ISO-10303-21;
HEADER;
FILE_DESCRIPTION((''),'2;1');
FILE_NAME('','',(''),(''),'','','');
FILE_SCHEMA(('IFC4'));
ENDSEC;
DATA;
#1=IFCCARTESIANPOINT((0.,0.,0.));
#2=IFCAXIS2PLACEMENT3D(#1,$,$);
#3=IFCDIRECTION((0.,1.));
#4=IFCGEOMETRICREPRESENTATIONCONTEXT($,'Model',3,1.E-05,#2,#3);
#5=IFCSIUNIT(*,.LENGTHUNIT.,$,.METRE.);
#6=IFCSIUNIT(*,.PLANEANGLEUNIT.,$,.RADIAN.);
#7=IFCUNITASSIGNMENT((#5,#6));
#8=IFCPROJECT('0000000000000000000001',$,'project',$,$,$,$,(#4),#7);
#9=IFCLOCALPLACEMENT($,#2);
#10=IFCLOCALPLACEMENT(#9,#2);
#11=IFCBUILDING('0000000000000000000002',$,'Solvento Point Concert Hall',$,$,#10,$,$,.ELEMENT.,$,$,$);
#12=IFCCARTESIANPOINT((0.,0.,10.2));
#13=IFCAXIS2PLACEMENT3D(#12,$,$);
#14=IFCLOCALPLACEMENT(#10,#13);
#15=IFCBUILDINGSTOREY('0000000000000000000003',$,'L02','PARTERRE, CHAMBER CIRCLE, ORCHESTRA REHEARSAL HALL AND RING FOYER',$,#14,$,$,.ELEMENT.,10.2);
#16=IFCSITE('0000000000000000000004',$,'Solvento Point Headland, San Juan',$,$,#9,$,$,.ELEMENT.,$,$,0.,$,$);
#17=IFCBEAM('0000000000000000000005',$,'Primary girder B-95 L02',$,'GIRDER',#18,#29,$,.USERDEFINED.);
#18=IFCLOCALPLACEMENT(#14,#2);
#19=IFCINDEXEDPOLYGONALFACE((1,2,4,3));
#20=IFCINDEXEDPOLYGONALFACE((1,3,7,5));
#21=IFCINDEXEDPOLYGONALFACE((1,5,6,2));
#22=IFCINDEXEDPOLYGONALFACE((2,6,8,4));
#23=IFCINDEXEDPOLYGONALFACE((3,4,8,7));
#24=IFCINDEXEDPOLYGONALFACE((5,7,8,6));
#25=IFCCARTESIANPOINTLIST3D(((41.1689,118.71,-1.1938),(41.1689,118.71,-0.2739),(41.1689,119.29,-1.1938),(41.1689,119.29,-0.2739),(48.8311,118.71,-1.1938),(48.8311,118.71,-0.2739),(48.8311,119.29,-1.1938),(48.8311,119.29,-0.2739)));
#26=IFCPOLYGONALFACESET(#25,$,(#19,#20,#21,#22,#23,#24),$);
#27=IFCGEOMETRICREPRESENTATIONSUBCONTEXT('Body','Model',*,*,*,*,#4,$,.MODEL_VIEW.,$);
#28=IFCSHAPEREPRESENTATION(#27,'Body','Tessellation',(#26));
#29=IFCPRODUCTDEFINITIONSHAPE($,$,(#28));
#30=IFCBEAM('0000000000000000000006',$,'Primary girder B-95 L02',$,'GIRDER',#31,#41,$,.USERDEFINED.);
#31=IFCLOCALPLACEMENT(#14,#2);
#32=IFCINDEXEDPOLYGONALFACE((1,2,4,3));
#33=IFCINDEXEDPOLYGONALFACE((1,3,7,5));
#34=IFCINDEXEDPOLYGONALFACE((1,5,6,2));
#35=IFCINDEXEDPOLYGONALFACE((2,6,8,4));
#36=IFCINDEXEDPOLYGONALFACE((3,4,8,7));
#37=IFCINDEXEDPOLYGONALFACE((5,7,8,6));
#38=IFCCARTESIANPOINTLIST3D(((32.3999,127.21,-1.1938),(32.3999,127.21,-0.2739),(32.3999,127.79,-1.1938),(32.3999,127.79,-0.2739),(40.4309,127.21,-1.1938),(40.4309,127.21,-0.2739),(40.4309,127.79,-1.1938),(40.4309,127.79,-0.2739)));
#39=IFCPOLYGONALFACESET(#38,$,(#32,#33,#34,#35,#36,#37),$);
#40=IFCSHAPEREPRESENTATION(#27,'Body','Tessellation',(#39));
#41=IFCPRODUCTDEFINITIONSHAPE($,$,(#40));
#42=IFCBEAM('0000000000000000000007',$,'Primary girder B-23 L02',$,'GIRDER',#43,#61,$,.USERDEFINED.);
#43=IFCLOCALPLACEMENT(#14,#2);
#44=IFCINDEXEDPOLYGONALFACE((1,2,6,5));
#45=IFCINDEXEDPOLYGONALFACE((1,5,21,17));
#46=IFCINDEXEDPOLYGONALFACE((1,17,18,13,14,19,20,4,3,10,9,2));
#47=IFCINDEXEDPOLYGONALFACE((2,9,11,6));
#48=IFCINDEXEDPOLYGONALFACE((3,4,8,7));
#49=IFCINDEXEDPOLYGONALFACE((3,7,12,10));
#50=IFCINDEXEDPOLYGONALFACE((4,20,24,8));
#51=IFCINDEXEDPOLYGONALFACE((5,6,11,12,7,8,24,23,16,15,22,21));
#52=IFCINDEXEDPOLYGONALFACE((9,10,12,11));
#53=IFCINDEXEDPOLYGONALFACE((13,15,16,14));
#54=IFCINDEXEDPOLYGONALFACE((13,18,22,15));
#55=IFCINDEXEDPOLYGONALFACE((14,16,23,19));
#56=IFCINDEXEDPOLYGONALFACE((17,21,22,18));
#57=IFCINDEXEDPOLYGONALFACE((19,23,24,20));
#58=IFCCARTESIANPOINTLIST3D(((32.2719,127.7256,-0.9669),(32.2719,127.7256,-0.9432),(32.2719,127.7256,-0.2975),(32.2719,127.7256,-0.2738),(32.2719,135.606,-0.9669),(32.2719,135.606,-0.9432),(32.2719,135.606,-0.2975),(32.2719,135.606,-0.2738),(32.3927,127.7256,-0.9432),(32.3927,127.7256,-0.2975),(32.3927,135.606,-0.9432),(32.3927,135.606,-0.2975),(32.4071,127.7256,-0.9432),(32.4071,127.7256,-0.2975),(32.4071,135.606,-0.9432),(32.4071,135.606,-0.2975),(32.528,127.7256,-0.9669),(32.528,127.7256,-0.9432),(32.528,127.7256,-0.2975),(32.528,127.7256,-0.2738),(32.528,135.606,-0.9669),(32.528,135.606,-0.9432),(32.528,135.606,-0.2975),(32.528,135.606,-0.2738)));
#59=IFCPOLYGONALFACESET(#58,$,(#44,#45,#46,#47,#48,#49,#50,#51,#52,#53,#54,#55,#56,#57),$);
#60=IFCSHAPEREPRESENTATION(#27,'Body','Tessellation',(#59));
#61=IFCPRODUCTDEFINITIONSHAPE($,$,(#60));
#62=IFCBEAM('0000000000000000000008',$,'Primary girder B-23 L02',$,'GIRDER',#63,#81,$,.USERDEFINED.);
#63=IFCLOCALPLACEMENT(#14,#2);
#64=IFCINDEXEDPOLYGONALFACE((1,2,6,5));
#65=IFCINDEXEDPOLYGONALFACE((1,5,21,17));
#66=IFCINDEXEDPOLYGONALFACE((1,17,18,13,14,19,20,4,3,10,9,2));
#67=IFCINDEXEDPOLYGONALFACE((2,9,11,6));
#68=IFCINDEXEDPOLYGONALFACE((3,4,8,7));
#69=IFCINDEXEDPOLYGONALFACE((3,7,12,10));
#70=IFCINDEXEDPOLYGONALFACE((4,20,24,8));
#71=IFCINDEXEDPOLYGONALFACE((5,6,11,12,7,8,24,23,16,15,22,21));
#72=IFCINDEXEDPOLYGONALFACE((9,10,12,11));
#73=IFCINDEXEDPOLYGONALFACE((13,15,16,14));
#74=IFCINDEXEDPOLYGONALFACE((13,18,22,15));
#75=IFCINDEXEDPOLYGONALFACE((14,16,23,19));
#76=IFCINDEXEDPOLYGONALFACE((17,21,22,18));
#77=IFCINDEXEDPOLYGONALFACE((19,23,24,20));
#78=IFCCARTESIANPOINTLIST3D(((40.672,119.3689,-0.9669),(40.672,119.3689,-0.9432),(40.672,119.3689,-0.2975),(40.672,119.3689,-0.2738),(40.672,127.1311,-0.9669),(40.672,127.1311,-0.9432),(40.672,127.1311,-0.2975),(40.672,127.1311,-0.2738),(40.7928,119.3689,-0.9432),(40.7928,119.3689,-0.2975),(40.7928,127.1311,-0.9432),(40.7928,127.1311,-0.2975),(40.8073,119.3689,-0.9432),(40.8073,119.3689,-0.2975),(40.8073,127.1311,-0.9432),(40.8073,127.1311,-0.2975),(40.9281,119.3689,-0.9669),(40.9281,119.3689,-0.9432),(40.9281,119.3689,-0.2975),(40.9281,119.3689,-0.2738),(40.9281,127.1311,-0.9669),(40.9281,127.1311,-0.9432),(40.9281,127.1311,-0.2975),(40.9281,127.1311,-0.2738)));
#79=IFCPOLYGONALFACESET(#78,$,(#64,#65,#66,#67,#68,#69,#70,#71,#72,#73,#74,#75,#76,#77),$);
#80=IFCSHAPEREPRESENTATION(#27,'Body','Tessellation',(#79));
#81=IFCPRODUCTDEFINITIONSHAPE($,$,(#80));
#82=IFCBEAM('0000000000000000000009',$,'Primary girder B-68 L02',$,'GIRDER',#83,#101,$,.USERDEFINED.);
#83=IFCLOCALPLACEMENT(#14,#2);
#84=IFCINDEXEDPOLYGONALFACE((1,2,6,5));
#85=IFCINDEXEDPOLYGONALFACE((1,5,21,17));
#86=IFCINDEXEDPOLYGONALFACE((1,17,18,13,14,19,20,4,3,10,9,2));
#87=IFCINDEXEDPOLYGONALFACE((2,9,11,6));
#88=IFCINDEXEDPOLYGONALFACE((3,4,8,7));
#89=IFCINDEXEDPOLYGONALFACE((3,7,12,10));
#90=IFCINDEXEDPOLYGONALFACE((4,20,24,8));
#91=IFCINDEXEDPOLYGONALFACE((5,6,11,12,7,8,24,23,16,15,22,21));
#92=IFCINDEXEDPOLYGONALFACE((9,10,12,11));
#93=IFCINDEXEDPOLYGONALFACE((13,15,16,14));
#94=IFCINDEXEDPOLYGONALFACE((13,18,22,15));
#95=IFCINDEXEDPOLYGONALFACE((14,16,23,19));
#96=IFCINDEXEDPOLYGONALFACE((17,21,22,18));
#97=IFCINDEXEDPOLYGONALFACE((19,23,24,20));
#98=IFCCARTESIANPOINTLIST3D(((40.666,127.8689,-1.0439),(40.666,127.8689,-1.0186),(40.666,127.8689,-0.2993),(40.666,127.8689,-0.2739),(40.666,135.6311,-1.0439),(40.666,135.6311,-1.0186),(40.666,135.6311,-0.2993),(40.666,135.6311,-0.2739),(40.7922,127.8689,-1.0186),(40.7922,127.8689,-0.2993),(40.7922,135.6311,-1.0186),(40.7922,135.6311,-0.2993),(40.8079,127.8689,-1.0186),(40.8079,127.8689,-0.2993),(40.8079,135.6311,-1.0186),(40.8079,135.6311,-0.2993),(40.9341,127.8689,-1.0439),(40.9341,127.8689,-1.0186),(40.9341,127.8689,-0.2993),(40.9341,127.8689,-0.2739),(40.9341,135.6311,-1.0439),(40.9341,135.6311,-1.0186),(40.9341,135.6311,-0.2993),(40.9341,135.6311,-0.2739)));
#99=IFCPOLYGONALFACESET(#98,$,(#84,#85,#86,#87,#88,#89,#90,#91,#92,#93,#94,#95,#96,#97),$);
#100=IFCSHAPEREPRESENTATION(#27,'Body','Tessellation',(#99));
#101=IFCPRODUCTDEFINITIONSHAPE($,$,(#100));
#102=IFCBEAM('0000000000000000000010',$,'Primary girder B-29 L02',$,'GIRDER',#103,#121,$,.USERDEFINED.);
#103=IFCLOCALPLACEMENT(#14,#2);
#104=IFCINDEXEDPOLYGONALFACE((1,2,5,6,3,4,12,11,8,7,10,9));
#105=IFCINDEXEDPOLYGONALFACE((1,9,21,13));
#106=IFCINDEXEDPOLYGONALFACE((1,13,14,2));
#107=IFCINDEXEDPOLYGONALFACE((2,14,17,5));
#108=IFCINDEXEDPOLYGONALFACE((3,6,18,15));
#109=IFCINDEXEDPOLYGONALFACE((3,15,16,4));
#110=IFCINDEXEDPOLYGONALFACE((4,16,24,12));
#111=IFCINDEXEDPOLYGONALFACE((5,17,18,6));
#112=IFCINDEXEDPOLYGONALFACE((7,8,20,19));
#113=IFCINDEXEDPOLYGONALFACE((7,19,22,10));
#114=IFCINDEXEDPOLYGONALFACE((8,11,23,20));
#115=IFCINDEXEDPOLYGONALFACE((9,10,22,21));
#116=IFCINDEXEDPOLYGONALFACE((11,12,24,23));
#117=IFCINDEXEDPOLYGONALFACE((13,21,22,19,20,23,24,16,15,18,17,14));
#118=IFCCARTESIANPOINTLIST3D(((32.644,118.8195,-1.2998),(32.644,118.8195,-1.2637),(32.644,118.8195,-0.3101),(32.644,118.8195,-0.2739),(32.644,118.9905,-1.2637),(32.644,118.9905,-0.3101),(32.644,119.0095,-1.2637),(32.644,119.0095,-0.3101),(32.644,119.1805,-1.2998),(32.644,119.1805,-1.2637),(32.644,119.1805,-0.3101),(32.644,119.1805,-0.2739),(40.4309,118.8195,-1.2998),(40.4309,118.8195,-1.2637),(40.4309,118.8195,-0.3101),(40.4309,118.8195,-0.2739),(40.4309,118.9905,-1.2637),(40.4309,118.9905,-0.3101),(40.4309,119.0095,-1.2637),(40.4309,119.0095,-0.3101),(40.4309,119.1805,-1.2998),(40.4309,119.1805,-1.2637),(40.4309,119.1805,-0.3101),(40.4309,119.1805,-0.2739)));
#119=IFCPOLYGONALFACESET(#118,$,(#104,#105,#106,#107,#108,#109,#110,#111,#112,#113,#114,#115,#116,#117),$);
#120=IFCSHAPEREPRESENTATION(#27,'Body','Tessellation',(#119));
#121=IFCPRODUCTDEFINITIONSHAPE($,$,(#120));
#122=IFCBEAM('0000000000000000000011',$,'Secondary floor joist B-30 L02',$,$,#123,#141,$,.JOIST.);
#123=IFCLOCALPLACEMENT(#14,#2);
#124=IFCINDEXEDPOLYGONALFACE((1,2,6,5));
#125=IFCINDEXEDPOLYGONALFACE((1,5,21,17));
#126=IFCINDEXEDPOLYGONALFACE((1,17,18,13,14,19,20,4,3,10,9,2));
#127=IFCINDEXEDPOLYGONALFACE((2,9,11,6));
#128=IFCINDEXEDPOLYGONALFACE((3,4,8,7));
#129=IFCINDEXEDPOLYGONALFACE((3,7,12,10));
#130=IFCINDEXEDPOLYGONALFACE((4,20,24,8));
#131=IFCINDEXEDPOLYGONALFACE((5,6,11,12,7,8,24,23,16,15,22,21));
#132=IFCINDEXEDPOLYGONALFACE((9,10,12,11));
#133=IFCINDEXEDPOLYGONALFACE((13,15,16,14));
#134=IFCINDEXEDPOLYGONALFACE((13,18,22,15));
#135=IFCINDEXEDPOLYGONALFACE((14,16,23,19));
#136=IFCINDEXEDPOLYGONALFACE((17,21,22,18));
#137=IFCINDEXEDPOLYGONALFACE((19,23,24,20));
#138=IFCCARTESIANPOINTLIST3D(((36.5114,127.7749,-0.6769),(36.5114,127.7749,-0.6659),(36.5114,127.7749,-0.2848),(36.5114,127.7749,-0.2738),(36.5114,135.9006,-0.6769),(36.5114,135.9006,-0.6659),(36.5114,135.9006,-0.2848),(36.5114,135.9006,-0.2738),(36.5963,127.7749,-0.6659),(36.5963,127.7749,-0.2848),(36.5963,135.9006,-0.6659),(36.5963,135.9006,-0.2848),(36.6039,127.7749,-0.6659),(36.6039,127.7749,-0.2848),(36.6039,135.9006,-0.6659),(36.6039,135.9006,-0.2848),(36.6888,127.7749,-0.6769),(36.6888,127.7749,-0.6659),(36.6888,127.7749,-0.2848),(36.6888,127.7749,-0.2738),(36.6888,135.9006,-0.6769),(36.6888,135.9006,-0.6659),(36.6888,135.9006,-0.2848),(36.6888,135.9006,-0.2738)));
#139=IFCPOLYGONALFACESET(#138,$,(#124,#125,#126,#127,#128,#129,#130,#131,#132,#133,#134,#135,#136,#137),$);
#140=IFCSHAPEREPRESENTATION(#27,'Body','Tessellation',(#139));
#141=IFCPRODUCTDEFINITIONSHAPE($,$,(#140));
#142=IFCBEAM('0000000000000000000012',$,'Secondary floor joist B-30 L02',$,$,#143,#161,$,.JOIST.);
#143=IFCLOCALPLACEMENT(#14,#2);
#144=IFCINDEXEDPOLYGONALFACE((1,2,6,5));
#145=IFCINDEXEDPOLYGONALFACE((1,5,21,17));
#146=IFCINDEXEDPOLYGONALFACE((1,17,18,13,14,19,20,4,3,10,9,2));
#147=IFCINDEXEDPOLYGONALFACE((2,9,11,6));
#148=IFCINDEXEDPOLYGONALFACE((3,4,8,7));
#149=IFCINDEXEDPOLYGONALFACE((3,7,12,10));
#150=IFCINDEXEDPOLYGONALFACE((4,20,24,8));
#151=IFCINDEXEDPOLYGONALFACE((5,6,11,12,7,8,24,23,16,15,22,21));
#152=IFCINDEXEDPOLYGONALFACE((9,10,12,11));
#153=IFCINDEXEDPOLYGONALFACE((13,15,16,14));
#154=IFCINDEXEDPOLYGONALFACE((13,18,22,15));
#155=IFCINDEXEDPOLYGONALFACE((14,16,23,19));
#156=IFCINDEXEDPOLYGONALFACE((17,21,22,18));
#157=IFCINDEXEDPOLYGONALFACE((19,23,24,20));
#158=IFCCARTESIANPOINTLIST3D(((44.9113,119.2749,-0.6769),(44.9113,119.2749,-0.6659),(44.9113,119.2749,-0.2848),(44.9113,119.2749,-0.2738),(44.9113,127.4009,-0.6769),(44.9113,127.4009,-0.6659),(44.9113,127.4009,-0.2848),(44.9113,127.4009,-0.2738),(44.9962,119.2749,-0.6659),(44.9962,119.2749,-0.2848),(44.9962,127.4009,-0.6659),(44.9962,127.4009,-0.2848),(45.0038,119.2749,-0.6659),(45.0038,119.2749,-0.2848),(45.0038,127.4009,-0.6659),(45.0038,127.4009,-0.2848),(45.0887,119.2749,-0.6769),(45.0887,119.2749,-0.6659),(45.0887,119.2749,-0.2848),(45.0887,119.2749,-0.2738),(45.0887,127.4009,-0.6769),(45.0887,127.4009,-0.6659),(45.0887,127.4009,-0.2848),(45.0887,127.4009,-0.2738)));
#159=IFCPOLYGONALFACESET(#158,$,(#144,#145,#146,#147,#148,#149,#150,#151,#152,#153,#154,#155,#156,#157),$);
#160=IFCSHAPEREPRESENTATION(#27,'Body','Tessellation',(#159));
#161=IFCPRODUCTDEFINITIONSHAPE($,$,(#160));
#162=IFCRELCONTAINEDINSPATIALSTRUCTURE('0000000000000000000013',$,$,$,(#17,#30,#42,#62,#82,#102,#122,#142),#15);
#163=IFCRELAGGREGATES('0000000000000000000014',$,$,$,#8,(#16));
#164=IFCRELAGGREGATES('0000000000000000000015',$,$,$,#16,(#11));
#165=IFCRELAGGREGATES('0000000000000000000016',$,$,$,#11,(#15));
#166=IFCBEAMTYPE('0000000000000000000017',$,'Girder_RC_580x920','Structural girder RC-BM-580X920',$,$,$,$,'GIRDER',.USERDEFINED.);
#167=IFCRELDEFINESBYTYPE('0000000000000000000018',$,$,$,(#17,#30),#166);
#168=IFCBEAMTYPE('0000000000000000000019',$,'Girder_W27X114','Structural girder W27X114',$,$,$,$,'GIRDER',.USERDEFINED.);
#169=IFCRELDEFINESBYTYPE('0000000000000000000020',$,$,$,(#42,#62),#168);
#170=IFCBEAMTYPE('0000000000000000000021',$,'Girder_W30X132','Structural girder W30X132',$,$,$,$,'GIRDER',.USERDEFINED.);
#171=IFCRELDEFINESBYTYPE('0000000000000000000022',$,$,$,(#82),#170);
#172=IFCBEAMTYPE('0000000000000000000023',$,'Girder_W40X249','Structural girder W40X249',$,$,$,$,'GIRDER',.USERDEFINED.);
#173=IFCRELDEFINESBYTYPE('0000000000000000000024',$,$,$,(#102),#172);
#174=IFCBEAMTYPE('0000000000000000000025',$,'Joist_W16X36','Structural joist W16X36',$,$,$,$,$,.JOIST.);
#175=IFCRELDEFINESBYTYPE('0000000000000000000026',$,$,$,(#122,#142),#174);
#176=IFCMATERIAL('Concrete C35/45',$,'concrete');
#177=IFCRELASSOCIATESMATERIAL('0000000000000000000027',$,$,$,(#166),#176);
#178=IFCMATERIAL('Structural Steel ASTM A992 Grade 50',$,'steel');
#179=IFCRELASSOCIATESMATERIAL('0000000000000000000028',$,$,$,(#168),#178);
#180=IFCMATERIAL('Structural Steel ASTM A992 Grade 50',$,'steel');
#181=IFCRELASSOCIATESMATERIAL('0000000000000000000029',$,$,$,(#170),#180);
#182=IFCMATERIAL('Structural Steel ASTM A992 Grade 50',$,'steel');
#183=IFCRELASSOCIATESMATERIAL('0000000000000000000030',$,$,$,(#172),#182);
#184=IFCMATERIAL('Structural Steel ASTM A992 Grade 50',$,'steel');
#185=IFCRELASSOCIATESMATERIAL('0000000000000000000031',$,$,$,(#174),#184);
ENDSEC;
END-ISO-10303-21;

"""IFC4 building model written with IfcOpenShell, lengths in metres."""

from ifc_helpers import new_model, si_unit, direction, frame, origin, origin_2d, place, context, subcontext, project, spatial, rectangle, i_section, extrude, material, material_profile, profile_set, type_object, element, save


model = new_model("IFC4")

# Units and contexts
model_context = context("Model", 3, precision=1e-05, world=origin(), true_north=direction((0.0, 1.0)))
body_context = subcontext(model_context, "Body", "Model", "MODEL_VIEW")
ifc_project = project(units=[si_unit("LENGTHUNIT", "METRE"), si_unit("PLANEANGLEUNIT", "RADIAN")], contexts=[model_context])

# Site, building, storey
site_placement = place(None, origin())
site = spatial("IfcSite", under=ifc_project, at=site_placement, Name="Solvento Point Headland, San Juan", CompositionType="ELEMENT", RefElevation=0.0)
building_placement = place(site_placement, origin())
building = spatial("IfcBuilding", under=site, at=building_placement, Name="Solvento Point Concert Hall", CompositionType="ELEMENT")
storey_placement = place(building_placement, frame((0.0, 0.0, 10.2)))
storey = spatial("IfcBuildingStorey", under=building, at=storey_placement, Name="L02", Description="PARTERRE, CHAMBER CIRCLE, ORCHESTRA REHEARSAL HALL AND RING FOYER", CompositionType="ELEMENT", Elevation=10.2)

# Beams
ifc_material_1 = material(Name="Concrete C35/45", Category="concrete")
ifc_material_profile_1 = material_profile(ifc_material_1, rectangle(XDim=0.5801, YDim=0.9199, at=origin_2d()), Name="RC-BM-580X920")
ifc_profile_set_1 = profile_set([ifc_material_profile_1], Name="Concrete C35/45")
beam_type_1 = type_object("IfcBeamType", Name="Girder_RC_580x920", Description="Structural girder RC-BM-580X920", ElementType="GIRDER", PredefinedType="USERDEFINED", material=ifc_profile_set_1)
beam_1_placement = place(storey_placement, frame((41.1689, 119.0, -0.7339), z_axis=(1.0, 0.0, 0.0), x_axis=(0.0, 1.0, 0.0)))
element("IfcBeam", 1, at=beam_1_placement, inside=storey, type_object=beam_type_1, Name="Primary girder B-95 L02", ObjectType="GIRDER", PredefinedType="USERDEFINED", context=body_context, shape_type="SweptSolid", body=[
    extrude(rectangle(XDim=0.5801, YDim=0.9199, at=origin_2d()), origin(), (0.0, 0.0, 1.0), 7.6621),
])
beam_2_placement = place(storey_placement, frame((32.3999, 127.5, -0.7339), z_axis=(1.0, 0.0, 0.0), x_axis=(0.0, 1.0, 0.0)))
element("IfcBeam", 2, at=beam_2_placement, inside=storey, type_object=beam_type_1, Name="Primary girder B-95 L02", ObjectType="GIRDER", PredefinedType="USERDEFINED", context=body_context, shape_type="SweptSolid", body=[
    extrude(rectangle(XDim=0.5801, YDim=0.9199, at=origin_2d()), origin(), (0.0, 0.0, 1.0), 8.031),
])
ifc_material_2 = material(Name="Structural Steel ASTM A992 Grade 50", Category="steel")
ifc_material_profile_2 = material_profile(ifc_material_2, i_section(OverallWidth=0.2561, OverallDepth=0.6931, WebThickness=0.0144, FlangeThickness=0.0237, at=origin_2d()), Name="W27X114")
ifc_profile_set_2 = profile_set([ifc_material_profile_2], Name="Structural Steel ASTM A992 Grade 50")
beam_type_2 = type_object("IfcBeamType", Name="Girder_W27X114", Description="Structural girder W27X114", ElementType="GIRDER", PredefinedType="USERDEFINED", material=ifc_profile_set_2)
beam_3_placement = place(storey_placement, frame((32.3999, 127.7256, -0.6204), z_axis=(0.0, 1.0, 0.0), x_axis=(-1.0, 0.0, 0.0)))
element("IfcBeam", 3, at=beam_3_placement, inside=storey, type_object=beam_type_2, Name="Primary girder B-23 L02", ObjectType="GIRDER", PredefinedType="USERDEFINED", context=body_context, shape_type="SweptSolid", body=[
    extrude(i_section(OverallWidth=0.2561, OverallDepth=0.6931, WebThickness=0.0144, FlangeThickness=0.0237, at=origin_2d()), origin(), (0.0, 0.0, 1.0), 7.8804),
])
beam_4_placement = place(storey_placement, frame((40.8, 119.3689, -0.6204), z_axis=(0.0, 1.0, 0.0), x_axis=(-1.0, 0.0, 0.0)))
element("IfcBeam", 4, at=beam_4_placement, inside=storey, type_object=beam_type_2, Name="Primary girder B-23 L02", ObjectType="GIRDER", PredefinedType="USERDEFINED", context=body_context, shape_type="SweptSolid", body=[
    extrude(i_section(OverallWidth=0.2561, OverallDepth=0.6931, WebThickness=0.0144, FlangeThickness=0.0237, at=origin_2d()), origin(), (0.0, 0.0, 1.0), 7.7622),
])
ifc_material_3 = material(Name="Structural Steel ASTM A992 Grade 50", Category="steel")
ifc_material_profile_3 = material_profile(ifc_material_3, i_section(OverallWidth=0.2681, OverallDepth=0.77, WebThickness=0.0156, FlangeThickness=0.0254, at=origin_2d()), Name="W30X132")
ifc_profile_set_3 = profile_set([ifc_material_profile_3], Name="Structural Steel ASTM A992 Grade 50")
beam_type_3 = type_object("IfcBeamType", Name="Girder_W30X132", Description="Structural girder W30X132", ElementType="GIRDER", PredefinedType="USERDEFINED", material=ifc_profile_set_3)
beam_5_placement = place(storey_placement, frame((40.8, 127.8689, -0.6589), z_axis=(0.0, 1.0, 0.0), x_axis=(-1.0, 0.0, 0.0)))
element("IfcBeam", 5, at=beam_5_placement, inside=storey, type_object=beam_type_3, Name="Primary girder B-68 L02", ObjectType="GIRDER", PredefinedType="USERDEFINED", context=body_context, shape_type="SweptSolid", body=[
    extrude(i_section(OverallWidth=0.2681, OverallDepth=0.77, WebThickness=0.0156, FlangeThickness=0.0254, at=origin_2d()), origin(), (0.0, 0.0, 1.0), 7.7622),
])
ifc_material_4 = material(Name="Structural Steel ASTM A992 Grade 50", Category="steel")
ifc_material_profile_4 = material_profile(ifc_material_4, i_section(OverallWidth=0.3611, OverallDepth=1.0259, WebThickness=0.019, FlangeThickness=0.0361, at=origin_2d()), Name="W40X249")
ifc_profile_set_4 = profile_set([ifc_material_profile_4], Name="Structural Steel ASTM A992 Grade 50")
beam_type_4 = type_object("IfcBeamType", Name="Girder_W40X249", Description="Structural girder W40X249", ElementType="GIRDER", PredefinedType="USERDEFINED", material=ifc_profile_set_4)
beam_6_placement = place(storey_placement, frame((32.644, 119.0, -0.7869), z_axis=(1.0, 0.0, 0.0), x_axis=(0.0, 1.0, 0.0)))
element("IfcBeam", 6, at=beam_6_placement, inside=storey, type_object=beam_type_4, Name="Primary girder B-29 L02", ObjectType="GIRDER", PredefinedType="USERDEFINED", context=body_context, shape_type="SweptSolid", body=[
    extrude(i_section(OverallWidth=0.3611, OverallDepth=1.0259, WebThickness=0.019, FlangeThickness=0.0361, at=origin_2d()), origin(), (0.0, 0.0, 1.0), 7.7869),
])
ifc_material_5 = material(Name="Structural Steel ASTM A992 Grade 50", Category="steel")
ifc_material_profile_5 = material_profile(ifc_material_5, i_section(OverallWidth=0.1775, OverallDepth=0.4031, WebThickness=0.0076, FlangeThickness=0.011, at=origin_2d()), Name="W16X36")
ifc_profile_set_5 = profile_set([ifc_material_profile_5], Name="Structural Steel ASTM A992 Grade 50")
beam_type_5 = type_object("IfcBeamType", Name="Joist_W16X36", Description="Structural joist W16X36", PredefinedType="JOIST", material=ifc_profile_set_5)
beam_7_placement = place(storey_placement, frame((36.6001, 127.7749, -0.4753), z_axis=(0.0, 1.0, 0.0), x_axis=(-1.0, 0.0, 0.0)))
element("IfcBeam", 7, at=beam_7_placement, inside=storey, type_object=beam_type_5, Name="Secondary floor joist B-30 L02", PredefinedType="JOIST", context=body_context, shape_type="SweptSolid", body=[
    extrude(i_section(OverallWidth=0.1775, OverallDepth=0.4031, WebThickness=0.0076, FlangeThickness=0.011, at=origin_2d()), origin(), (0.0, 0.0, 1.0), 8.1257),
])
beam_8_placement = place(storey_placement, frame((45.0, 119.2749, -0.4753), z_axis=(0.0, 1.0, 0.0), x_axis=(-1.0, 0.0, 0.0)))
element("IfcBeam", 8, at=beam_8_placement, inside=storey, type_object=beam_type_5, Name="Secondary floor joist B-30 L02", PredefinedType="JOIST", context=body_context, shape_type="SweptSolid", body=[
    extrude(i_section(OverallWidth=0.1775, OverallDepth=0.4031, WebThickness=0.0076, FlangeThickness=0.011, at=origin_2d()), origin(), (0.0, 0.0, 1.0), 8.126),
])

save(model, "model.ifc")
